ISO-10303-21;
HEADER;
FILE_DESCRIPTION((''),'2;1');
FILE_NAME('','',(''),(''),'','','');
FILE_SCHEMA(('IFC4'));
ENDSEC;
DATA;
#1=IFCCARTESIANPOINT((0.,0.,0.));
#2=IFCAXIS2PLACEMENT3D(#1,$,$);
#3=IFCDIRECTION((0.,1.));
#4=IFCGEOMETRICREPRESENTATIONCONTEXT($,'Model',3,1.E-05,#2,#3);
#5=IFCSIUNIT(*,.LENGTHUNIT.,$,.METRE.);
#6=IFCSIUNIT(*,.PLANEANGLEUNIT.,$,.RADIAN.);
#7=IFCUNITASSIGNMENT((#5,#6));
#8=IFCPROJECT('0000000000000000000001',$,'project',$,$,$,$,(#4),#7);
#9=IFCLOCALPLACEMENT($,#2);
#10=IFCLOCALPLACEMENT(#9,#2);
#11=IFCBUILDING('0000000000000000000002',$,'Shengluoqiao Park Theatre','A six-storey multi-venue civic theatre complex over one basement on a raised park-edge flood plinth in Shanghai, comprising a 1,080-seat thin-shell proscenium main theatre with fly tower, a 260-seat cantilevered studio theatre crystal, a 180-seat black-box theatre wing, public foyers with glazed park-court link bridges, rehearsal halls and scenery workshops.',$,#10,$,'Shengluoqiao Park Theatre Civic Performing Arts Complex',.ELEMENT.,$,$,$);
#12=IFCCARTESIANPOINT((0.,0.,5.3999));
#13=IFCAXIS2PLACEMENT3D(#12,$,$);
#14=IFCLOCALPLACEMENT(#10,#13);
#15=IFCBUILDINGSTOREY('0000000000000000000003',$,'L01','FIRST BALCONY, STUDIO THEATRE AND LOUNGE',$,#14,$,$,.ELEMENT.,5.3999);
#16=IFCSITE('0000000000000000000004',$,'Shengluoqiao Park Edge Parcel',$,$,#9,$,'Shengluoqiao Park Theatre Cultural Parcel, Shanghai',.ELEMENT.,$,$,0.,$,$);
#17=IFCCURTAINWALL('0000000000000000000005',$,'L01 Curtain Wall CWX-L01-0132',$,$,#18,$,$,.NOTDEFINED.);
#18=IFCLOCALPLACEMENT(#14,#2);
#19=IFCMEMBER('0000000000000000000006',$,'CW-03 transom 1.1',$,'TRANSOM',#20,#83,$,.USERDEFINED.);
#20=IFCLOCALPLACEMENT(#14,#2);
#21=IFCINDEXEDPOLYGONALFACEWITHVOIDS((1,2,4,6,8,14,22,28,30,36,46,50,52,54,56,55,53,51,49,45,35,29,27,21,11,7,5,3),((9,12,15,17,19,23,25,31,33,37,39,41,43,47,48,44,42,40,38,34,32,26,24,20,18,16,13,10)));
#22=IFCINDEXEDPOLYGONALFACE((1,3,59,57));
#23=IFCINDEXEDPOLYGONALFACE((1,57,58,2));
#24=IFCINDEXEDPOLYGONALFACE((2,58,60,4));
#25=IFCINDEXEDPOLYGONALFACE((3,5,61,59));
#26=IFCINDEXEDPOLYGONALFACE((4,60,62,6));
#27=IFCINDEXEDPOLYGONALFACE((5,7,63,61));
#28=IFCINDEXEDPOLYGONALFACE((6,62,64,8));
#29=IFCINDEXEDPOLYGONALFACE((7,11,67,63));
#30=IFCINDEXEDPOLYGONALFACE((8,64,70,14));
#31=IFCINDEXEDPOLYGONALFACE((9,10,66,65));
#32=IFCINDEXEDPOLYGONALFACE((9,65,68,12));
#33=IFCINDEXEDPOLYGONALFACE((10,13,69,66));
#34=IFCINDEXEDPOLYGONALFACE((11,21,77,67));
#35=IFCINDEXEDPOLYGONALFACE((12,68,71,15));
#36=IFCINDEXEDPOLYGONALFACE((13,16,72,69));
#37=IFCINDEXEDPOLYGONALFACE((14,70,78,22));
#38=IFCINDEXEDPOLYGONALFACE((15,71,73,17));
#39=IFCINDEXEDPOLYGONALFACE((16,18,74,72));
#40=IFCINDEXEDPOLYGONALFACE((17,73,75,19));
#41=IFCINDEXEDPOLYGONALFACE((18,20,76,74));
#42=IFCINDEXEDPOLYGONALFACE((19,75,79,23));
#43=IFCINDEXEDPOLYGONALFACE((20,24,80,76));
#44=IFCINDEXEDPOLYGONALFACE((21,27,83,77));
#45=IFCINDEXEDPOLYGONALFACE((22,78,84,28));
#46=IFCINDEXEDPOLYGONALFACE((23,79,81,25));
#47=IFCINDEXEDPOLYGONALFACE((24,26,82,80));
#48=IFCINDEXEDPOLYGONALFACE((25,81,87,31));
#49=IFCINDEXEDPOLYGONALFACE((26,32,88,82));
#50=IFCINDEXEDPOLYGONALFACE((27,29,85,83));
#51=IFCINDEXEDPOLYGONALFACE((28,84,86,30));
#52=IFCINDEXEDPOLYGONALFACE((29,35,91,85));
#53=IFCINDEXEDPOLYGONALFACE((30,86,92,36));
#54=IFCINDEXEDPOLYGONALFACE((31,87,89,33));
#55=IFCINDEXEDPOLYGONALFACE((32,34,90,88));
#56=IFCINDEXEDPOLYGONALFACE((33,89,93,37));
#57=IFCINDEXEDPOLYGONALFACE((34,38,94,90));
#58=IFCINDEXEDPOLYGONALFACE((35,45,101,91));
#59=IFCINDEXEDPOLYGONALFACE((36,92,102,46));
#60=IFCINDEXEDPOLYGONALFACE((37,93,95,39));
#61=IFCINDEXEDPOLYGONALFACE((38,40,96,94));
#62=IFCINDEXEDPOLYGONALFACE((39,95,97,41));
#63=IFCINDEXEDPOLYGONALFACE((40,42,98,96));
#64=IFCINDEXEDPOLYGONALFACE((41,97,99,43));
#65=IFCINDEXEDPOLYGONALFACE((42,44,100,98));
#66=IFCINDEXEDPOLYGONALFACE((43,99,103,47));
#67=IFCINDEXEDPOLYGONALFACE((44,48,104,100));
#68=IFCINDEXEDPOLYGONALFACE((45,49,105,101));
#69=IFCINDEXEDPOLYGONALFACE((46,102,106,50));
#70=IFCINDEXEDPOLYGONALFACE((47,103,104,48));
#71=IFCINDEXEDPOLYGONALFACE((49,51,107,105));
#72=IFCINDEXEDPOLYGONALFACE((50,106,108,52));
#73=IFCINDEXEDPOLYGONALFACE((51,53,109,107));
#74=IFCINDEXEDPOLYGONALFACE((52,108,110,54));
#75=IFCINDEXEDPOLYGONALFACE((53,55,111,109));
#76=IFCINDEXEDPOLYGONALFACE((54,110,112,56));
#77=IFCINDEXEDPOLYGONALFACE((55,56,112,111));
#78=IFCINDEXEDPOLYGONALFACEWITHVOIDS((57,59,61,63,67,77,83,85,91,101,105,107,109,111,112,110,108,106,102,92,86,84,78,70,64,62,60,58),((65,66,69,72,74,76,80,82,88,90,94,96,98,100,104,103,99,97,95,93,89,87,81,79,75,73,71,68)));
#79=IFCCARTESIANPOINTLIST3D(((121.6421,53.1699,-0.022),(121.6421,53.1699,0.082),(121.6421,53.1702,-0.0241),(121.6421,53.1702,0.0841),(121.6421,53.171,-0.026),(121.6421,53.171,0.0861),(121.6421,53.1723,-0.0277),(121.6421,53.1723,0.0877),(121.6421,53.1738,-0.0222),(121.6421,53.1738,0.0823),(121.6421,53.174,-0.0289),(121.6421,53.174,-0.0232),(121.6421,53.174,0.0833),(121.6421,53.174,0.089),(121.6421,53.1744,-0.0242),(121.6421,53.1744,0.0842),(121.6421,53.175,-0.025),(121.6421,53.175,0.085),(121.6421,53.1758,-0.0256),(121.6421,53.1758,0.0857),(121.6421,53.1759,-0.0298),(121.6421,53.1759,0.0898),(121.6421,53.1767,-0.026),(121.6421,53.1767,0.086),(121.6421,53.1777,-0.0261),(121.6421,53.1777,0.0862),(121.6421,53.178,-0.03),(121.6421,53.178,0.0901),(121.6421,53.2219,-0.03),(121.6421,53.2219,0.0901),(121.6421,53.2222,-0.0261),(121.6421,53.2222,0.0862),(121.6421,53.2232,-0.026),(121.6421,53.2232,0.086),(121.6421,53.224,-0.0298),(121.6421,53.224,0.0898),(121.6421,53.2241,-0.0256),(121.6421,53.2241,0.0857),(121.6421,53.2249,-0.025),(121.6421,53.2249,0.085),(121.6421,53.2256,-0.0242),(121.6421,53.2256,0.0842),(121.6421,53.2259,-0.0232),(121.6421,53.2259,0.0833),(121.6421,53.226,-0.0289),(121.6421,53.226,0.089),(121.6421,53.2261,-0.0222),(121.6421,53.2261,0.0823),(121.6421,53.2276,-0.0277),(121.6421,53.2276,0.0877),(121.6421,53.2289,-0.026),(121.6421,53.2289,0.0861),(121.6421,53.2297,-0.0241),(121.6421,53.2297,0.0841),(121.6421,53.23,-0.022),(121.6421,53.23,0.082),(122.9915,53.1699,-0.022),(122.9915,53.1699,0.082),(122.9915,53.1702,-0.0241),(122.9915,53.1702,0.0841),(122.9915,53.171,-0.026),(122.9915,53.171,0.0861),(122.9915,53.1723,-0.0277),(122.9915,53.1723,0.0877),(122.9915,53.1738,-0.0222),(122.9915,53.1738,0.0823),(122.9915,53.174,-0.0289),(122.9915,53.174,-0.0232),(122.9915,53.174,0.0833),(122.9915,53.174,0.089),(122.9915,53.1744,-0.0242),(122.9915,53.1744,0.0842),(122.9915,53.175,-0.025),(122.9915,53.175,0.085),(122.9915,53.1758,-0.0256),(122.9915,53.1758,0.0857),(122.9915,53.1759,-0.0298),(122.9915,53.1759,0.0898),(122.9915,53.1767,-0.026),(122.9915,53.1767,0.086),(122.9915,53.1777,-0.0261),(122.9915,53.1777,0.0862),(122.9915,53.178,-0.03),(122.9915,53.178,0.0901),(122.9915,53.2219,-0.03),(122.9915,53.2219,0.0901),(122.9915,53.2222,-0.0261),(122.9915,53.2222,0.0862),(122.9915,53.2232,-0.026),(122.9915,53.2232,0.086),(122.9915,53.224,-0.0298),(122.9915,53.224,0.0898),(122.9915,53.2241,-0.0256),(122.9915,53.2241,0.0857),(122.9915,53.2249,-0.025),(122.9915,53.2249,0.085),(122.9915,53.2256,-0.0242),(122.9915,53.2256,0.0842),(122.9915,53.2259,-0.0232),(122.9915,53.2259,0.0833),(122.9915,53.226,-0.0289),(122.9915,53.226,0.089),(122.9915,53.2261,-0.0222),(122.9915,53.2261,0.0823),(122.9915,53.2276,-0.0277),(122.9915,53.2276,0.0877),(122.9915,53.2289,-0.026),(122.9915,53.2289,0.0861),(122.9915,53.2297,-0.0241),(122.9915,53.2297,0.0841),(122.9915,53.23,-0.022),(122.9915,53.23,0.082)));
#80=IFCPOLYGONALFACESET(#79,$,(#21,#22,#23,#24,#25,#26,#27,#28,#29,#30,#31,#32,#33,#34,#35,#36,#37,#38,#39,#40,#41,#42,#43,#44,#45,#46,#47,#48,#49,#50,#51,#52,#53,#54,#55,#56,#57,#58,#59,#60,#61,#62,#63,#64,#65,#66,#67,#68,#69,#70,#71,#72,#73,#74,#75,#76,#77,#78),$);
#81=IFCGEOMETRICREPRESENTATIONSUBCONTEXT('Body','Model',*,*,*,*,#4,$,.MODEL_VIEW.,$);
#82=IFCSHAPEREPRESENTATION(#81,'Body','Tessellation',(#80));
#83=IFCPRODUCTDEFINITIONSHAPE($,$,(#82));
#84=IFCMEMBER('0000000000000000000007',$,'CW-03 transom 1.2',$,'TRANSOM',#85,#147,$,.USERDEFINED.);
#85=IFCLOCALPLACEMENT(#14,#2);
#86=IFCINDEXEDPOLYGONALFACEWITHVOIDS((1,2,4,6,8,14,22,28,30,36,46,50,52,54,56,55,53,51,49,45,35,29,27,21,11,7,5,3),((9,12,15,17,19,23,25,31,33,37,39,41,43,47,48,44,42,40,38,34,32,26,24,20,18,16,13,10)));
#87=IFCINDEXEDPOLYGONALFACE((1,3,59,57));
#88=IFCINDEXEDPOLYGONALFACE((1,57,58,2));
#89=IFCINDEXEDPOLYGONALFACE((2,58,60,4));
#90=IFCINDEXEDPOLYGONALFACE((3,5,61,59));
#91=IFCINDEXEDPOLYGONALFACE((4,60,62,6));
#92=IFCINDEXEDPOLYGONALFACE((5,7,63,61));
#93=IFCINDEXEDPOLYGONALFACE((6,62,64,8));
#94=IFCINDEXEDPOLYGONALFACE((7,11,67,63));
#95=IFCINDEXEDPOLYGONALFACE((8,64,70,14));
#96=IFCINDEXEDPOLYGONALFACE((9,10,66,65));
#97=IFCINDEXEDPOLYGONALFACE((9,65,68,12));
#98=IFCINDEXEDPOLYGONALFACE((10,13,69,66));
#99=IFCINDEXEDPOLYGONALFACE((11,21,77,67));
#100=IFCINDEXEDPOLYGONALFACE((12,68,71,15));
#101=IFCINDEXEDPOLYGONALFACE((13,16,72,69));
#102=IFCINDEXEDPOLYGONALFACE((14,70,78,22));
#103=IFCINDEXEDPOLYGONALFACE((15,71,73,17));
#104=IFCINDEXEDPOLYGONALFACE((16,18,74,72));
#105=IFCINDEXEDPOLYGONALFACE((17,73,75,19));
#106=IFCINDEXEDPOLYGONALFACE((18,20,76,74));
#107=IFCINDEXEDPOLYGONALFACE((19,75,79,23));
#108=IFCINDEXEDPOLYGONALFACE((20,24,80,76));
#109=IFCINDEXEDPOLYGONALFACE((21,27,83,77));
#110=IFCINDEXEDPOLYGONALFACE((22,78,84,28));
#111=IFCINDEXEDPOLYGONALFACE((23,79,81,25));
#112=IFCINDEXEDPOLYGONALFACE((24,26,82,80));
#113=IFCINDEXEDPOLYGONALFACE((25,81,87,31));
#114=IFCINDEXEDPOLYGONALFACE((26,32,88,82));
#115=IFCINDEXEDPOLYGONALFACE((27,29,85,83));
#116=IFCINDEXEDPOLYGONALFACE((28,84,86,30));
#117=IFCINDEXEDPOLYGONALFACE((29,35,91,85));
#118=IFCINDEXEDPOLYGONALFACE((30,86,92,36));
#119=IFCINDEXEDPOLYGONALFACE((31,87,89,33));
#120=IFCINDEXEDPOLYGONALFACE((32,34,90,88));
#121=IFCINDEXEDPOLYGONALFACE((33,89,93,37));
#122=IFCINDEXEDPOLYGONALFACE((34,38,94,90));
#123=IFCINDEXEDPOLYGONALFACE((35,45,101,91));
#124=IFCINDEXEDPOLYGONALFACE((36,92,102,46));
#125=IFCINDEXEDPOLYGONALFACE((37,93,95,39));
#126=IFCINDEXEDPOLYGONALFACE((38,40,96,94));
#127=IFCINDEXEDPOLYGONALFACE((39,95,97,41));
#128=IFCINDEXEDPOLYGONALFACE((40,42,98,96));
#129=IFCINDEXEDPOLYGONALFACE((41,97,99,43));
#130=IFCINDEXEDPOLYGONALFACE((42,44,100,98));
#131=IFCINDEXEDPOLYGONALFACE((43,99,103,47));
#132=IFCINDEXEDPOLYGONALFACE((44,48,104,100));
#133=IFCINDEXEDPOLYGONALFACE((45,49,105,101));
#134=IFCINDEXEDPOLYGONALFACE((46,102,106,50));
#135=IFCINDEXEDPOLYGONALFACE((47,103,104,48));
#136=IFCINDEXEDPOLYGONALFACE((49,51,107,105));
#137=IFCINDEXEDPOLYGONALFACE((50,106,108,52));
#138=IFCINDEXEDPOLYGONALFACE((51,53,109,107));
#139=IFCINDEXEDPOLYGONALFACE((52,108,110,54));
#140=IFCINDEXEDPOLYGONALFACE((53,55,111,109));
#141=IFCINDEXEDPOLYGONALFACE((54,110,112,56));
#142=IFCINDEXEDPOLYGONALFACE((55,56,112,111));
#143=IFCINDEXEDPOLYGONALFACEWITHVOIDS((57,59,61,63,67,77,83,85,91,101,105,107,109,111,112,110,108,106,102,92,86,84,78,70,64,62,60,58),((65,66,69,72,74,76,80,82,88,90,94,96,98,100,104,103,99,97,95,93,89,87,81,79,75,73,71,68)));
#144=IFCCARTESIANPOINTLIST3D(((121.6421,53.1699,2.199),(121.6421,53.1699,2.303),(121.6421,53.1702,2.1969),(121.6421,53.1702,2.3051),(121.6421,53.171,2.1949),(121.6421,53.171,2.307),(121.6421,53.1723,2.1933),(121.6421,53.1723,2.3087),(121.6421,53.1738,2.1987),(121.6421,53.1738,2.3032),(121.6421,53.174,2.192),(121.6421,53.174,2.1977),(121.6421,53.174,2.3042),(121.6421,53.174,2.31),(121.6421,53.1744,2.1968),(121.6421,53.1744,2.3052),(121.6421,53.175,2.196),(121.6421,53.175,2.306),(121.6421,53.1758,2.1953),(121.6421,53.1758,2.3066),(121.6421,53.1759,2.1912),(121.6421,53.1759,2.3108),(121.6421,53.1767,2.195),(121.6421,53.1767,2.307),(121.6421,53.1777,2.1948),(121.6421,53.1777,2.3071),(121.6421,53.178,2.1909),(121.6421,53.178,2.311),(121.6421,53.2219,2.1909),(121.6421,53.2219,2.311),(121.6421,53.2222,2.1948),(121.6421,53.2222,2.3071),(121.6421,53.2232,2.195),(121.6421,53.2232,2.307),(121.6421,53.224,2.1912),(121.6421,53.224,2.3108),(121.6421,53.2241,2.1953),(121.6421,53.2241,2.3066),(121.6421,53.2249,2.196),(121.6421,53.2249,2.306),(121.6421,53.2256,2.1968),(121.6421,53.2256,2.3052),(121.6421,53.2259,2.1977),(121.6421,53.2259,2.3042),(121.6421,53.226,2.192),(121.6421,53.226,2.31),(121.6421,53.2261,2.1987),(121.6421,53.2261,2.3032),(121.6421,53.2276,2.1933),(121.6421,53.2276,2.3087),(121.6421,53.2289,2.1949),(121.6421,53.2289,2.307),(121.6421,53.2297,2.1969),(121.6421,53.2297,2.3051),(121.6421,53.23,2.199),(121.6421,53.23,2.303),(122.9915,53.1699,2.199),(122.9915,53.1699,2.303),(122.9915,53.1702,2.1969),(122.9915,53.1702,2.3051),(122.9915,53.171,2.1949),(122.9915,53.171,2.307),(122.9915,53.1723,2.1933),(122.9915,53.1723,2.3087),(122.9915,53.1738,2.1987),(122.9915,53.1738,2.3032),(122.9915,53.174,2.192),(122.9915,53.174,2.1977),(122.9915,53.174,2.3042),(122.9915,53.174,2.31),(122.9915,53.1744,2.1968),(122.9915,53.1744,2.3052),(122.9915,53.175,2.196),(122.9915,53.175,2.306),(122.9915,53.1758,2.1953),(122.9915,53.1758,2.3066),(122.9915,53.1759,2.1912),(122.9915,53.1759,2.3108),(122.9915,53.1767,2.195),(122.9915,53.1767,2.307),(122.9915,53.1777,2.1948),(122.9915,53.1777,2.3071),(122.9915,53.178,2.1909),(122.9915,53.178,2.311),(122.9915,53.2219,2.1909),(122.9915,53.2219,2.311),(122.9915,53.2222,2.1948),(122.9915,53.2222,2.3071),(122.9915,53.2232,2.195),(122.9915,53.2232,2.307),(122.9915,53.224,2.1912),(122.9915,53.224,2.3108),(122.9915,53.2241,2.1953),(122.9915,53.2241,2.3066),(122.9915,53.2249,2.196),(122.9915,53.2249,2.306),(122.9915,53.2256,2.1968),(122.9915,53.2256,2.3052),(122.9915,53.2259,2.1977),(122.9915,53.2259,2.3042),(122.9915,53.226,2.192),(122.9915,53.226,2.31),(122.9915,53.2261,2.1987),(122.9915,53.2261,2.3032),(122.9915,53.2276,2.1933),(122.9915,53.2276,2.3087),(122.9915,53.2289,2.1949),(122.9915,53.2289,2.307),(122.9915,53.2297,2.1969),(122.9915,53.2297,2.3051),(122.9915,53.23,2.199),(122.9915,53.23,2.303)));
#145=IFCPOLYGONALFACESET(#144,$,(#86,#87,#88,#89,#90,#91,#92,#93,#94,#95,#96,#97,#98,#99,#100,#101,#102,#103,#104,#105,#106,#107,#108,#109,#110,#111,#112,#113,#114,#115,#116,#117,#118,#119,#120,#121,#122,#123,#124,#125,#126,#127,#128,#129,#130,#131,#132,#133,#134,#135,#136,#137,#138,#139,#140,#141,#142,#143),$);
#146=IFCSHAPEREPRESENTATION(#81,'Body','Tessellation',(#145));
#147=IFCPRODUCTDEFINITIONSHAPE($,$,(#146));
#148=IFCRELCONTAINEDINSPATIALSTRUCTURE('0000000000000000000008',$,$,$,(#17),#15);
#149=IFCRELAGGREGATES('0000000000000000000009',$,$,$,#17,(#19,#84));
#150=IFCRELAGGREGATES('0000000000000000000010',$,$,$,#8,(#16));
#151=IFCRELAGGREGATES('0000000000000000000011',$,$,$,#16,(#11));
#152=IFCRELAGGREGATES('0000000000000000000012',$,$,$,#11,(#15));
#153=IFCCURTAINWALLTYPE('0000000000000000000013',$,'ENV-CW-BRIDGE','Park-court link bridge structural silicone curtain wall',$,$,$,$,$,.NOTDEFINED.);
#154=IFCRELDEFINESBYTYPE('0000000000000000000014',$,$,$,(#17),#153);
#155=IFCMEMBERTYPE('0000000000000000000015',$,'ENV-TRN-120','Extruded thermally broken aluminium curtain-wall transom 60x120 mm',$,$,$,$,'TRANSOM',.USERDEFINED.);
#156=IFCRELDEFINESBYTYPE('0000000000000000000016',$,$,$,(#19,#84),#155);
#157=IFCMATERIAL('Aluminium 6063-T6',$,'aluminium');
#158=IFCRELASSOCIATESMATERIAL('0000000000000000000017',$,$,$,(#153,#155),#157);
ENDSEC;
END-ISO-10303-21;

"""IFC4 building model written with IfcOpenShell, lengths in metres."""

from ifc_helpers import new_model, si_unit, direction, frame, origin, origin_2d, place, context, subcontext, project, spatial, hollow_rectangle, extrude, material, material_profile, profile_set, type_object, element, aggregate, save


model = new_model("IFC4")

# Units and contexts
model_context = context("Model", 3, precision=1e-05, world=origin(), true_north=direction((0.0, 1.0)))
body_context = subcontext(model_context, "Body", "Model", "MODEL_VIEW")
ifc_project = project(units=[si_unit("LENGTHUNIT", "METRE"), si_unit("PLANEANGLEUNIT", "RADIAN")], contexts=[model_context])

# Site, building, storey
site_placement = place(None, origin())
site = spatial("IfcSite", under=ifc_project, at=site_placement, Name="Shengluoqiao Park Edge Parcel", LongName="Shengluoqiao Park Theatre Cultural Parcel, Shanghai", CompositionType="ELEMENT", RefElevation=0.0)
building_placement = place(site_placement, origin())
building = spatial("IfcBuilding", under=site, at=building_placement, Name="Shengluoqiao Park Theatre", Description="A six-storey multi-venue civic theatre complex over one basement on a raised park-edge flood plinth in Shanghai, comprising a 1,080-seat thin-shell proscenium main theatre with fly tower, a 260-seat cantilevered studio theatre crystal, a 180-seat black-box theatre wing, public foyers with glazed park-court link bridges, rehearsal halls and scenery workshops.", LongName="Shengluoqiao Park Theatre Civic Performing Arts Complex", CompositionType="ELEMENT")
storey_placement = place(building_placement, frame((0.0, 0.0, 5.3999)))
storey = spatial("IfcBuildingStorey", under=building, at=storey_placement, Name="L01", Description="FIRST BALCONY, STUDIO THEATRE AND LOUNGE", CompositionType="ELEMENT", Elevation=5.3999)

# Shared definitions
ifc_material_1 = material(Name="Aluminium 6063-T6", Category="aluminium")
curtain_wall_type = type_object("IfcCurtainWallType", Name="ENV-CW-BRIDGE", Description="Park-court link bridge structural silicone curtain wall", PredefinedType="NOTDEFINED", material=ifc_material_1)

# Curtain wall
curtain_wall_1_placement = place(storey_placement, origin())
curtain_wall_1 = element("IfcCurtainWall", 1, at=curtain_wall_1_placement, inside=storey, type_object=curtain_wall_type, Name="L01 Curtain Wall CWX-L01-0132", PredefinedType="NOTDEFINED")

# Members
ifc_material_profile_1 = material_profile(ifc_material_1, hollow_rectangle(XDim=0.0601, YDim=0.1201, WallThickness=0.0039, InnerFilletRadius=0.0039, OuterFilletRadius=0.0081, at=origin_2d()), Name="ALU TRANSOM 120x60x4")
ifc_profile_set_1 = profile_set([ifc_material_profile_1], Name="Aluminium 6063-T6")
member_type_1 = type_object("IfcMemberType", Name="ENV-TRN-120", Description="Extruded thermally broken aluminium curtain-wall transom 60x120 mm", ElementType="TRANSOM", PredefinedType="USERDEFINED", material=ifc_profile_set_1)
member_1_placement = place(storey_placement, frame((121.6421, 53.2, 0.03), z_axis=(1.0, 0.0, 0.0), x_axis=(0.0, 1.0, 0.0)))
member_1 = element("IfcMember", 2, at=member_1_placement, type_object=member_type_1, Name="CW-03 transom 1.1", ObjectType="TRANSOM", PredefinedType="USERDEFINED", context=body_context, shape_type="SweptSolid", body=[
    extrude(hollow_rectangle(XDim=0.0601, YDim=0.1201, WallThickness=0.0039, InnerFilletRadius=0.0039, OuterFilletRadius=0.0081, at=origin_2d()), origin(), (0.0, 0.0, 1.0), 1.3494),
])
member_2_placement = place(storey_placement, frame((121.6421, 53.2, 2.251), z_axis=(1.0, 0.0, 0.0), x_axis=(0.0, 1.0, 0.0)))
member_2 = element("IfcMember", 3, at=member_2_placement, type_object=member_type_1, Name="CW-03 transom 1.2", ObjectType="TRANSOM", PredefinedType="USERDEFINED", context=body_context, shape_type="SweptSolid", body=[
    extrude(hollow_rectangle(XDim=0.0601, YDim=0.1201, WallThickness=0.0039, InnerFilletRadius=0.0039, OuterFilletRadius=0.0081, at=origin_2d()), origin(), (0.0, 0.0, 1.0), 1.3494),
])
aggregate(curtain_wall_1, [member_1, member_2])

save(model, "model.ifc")
